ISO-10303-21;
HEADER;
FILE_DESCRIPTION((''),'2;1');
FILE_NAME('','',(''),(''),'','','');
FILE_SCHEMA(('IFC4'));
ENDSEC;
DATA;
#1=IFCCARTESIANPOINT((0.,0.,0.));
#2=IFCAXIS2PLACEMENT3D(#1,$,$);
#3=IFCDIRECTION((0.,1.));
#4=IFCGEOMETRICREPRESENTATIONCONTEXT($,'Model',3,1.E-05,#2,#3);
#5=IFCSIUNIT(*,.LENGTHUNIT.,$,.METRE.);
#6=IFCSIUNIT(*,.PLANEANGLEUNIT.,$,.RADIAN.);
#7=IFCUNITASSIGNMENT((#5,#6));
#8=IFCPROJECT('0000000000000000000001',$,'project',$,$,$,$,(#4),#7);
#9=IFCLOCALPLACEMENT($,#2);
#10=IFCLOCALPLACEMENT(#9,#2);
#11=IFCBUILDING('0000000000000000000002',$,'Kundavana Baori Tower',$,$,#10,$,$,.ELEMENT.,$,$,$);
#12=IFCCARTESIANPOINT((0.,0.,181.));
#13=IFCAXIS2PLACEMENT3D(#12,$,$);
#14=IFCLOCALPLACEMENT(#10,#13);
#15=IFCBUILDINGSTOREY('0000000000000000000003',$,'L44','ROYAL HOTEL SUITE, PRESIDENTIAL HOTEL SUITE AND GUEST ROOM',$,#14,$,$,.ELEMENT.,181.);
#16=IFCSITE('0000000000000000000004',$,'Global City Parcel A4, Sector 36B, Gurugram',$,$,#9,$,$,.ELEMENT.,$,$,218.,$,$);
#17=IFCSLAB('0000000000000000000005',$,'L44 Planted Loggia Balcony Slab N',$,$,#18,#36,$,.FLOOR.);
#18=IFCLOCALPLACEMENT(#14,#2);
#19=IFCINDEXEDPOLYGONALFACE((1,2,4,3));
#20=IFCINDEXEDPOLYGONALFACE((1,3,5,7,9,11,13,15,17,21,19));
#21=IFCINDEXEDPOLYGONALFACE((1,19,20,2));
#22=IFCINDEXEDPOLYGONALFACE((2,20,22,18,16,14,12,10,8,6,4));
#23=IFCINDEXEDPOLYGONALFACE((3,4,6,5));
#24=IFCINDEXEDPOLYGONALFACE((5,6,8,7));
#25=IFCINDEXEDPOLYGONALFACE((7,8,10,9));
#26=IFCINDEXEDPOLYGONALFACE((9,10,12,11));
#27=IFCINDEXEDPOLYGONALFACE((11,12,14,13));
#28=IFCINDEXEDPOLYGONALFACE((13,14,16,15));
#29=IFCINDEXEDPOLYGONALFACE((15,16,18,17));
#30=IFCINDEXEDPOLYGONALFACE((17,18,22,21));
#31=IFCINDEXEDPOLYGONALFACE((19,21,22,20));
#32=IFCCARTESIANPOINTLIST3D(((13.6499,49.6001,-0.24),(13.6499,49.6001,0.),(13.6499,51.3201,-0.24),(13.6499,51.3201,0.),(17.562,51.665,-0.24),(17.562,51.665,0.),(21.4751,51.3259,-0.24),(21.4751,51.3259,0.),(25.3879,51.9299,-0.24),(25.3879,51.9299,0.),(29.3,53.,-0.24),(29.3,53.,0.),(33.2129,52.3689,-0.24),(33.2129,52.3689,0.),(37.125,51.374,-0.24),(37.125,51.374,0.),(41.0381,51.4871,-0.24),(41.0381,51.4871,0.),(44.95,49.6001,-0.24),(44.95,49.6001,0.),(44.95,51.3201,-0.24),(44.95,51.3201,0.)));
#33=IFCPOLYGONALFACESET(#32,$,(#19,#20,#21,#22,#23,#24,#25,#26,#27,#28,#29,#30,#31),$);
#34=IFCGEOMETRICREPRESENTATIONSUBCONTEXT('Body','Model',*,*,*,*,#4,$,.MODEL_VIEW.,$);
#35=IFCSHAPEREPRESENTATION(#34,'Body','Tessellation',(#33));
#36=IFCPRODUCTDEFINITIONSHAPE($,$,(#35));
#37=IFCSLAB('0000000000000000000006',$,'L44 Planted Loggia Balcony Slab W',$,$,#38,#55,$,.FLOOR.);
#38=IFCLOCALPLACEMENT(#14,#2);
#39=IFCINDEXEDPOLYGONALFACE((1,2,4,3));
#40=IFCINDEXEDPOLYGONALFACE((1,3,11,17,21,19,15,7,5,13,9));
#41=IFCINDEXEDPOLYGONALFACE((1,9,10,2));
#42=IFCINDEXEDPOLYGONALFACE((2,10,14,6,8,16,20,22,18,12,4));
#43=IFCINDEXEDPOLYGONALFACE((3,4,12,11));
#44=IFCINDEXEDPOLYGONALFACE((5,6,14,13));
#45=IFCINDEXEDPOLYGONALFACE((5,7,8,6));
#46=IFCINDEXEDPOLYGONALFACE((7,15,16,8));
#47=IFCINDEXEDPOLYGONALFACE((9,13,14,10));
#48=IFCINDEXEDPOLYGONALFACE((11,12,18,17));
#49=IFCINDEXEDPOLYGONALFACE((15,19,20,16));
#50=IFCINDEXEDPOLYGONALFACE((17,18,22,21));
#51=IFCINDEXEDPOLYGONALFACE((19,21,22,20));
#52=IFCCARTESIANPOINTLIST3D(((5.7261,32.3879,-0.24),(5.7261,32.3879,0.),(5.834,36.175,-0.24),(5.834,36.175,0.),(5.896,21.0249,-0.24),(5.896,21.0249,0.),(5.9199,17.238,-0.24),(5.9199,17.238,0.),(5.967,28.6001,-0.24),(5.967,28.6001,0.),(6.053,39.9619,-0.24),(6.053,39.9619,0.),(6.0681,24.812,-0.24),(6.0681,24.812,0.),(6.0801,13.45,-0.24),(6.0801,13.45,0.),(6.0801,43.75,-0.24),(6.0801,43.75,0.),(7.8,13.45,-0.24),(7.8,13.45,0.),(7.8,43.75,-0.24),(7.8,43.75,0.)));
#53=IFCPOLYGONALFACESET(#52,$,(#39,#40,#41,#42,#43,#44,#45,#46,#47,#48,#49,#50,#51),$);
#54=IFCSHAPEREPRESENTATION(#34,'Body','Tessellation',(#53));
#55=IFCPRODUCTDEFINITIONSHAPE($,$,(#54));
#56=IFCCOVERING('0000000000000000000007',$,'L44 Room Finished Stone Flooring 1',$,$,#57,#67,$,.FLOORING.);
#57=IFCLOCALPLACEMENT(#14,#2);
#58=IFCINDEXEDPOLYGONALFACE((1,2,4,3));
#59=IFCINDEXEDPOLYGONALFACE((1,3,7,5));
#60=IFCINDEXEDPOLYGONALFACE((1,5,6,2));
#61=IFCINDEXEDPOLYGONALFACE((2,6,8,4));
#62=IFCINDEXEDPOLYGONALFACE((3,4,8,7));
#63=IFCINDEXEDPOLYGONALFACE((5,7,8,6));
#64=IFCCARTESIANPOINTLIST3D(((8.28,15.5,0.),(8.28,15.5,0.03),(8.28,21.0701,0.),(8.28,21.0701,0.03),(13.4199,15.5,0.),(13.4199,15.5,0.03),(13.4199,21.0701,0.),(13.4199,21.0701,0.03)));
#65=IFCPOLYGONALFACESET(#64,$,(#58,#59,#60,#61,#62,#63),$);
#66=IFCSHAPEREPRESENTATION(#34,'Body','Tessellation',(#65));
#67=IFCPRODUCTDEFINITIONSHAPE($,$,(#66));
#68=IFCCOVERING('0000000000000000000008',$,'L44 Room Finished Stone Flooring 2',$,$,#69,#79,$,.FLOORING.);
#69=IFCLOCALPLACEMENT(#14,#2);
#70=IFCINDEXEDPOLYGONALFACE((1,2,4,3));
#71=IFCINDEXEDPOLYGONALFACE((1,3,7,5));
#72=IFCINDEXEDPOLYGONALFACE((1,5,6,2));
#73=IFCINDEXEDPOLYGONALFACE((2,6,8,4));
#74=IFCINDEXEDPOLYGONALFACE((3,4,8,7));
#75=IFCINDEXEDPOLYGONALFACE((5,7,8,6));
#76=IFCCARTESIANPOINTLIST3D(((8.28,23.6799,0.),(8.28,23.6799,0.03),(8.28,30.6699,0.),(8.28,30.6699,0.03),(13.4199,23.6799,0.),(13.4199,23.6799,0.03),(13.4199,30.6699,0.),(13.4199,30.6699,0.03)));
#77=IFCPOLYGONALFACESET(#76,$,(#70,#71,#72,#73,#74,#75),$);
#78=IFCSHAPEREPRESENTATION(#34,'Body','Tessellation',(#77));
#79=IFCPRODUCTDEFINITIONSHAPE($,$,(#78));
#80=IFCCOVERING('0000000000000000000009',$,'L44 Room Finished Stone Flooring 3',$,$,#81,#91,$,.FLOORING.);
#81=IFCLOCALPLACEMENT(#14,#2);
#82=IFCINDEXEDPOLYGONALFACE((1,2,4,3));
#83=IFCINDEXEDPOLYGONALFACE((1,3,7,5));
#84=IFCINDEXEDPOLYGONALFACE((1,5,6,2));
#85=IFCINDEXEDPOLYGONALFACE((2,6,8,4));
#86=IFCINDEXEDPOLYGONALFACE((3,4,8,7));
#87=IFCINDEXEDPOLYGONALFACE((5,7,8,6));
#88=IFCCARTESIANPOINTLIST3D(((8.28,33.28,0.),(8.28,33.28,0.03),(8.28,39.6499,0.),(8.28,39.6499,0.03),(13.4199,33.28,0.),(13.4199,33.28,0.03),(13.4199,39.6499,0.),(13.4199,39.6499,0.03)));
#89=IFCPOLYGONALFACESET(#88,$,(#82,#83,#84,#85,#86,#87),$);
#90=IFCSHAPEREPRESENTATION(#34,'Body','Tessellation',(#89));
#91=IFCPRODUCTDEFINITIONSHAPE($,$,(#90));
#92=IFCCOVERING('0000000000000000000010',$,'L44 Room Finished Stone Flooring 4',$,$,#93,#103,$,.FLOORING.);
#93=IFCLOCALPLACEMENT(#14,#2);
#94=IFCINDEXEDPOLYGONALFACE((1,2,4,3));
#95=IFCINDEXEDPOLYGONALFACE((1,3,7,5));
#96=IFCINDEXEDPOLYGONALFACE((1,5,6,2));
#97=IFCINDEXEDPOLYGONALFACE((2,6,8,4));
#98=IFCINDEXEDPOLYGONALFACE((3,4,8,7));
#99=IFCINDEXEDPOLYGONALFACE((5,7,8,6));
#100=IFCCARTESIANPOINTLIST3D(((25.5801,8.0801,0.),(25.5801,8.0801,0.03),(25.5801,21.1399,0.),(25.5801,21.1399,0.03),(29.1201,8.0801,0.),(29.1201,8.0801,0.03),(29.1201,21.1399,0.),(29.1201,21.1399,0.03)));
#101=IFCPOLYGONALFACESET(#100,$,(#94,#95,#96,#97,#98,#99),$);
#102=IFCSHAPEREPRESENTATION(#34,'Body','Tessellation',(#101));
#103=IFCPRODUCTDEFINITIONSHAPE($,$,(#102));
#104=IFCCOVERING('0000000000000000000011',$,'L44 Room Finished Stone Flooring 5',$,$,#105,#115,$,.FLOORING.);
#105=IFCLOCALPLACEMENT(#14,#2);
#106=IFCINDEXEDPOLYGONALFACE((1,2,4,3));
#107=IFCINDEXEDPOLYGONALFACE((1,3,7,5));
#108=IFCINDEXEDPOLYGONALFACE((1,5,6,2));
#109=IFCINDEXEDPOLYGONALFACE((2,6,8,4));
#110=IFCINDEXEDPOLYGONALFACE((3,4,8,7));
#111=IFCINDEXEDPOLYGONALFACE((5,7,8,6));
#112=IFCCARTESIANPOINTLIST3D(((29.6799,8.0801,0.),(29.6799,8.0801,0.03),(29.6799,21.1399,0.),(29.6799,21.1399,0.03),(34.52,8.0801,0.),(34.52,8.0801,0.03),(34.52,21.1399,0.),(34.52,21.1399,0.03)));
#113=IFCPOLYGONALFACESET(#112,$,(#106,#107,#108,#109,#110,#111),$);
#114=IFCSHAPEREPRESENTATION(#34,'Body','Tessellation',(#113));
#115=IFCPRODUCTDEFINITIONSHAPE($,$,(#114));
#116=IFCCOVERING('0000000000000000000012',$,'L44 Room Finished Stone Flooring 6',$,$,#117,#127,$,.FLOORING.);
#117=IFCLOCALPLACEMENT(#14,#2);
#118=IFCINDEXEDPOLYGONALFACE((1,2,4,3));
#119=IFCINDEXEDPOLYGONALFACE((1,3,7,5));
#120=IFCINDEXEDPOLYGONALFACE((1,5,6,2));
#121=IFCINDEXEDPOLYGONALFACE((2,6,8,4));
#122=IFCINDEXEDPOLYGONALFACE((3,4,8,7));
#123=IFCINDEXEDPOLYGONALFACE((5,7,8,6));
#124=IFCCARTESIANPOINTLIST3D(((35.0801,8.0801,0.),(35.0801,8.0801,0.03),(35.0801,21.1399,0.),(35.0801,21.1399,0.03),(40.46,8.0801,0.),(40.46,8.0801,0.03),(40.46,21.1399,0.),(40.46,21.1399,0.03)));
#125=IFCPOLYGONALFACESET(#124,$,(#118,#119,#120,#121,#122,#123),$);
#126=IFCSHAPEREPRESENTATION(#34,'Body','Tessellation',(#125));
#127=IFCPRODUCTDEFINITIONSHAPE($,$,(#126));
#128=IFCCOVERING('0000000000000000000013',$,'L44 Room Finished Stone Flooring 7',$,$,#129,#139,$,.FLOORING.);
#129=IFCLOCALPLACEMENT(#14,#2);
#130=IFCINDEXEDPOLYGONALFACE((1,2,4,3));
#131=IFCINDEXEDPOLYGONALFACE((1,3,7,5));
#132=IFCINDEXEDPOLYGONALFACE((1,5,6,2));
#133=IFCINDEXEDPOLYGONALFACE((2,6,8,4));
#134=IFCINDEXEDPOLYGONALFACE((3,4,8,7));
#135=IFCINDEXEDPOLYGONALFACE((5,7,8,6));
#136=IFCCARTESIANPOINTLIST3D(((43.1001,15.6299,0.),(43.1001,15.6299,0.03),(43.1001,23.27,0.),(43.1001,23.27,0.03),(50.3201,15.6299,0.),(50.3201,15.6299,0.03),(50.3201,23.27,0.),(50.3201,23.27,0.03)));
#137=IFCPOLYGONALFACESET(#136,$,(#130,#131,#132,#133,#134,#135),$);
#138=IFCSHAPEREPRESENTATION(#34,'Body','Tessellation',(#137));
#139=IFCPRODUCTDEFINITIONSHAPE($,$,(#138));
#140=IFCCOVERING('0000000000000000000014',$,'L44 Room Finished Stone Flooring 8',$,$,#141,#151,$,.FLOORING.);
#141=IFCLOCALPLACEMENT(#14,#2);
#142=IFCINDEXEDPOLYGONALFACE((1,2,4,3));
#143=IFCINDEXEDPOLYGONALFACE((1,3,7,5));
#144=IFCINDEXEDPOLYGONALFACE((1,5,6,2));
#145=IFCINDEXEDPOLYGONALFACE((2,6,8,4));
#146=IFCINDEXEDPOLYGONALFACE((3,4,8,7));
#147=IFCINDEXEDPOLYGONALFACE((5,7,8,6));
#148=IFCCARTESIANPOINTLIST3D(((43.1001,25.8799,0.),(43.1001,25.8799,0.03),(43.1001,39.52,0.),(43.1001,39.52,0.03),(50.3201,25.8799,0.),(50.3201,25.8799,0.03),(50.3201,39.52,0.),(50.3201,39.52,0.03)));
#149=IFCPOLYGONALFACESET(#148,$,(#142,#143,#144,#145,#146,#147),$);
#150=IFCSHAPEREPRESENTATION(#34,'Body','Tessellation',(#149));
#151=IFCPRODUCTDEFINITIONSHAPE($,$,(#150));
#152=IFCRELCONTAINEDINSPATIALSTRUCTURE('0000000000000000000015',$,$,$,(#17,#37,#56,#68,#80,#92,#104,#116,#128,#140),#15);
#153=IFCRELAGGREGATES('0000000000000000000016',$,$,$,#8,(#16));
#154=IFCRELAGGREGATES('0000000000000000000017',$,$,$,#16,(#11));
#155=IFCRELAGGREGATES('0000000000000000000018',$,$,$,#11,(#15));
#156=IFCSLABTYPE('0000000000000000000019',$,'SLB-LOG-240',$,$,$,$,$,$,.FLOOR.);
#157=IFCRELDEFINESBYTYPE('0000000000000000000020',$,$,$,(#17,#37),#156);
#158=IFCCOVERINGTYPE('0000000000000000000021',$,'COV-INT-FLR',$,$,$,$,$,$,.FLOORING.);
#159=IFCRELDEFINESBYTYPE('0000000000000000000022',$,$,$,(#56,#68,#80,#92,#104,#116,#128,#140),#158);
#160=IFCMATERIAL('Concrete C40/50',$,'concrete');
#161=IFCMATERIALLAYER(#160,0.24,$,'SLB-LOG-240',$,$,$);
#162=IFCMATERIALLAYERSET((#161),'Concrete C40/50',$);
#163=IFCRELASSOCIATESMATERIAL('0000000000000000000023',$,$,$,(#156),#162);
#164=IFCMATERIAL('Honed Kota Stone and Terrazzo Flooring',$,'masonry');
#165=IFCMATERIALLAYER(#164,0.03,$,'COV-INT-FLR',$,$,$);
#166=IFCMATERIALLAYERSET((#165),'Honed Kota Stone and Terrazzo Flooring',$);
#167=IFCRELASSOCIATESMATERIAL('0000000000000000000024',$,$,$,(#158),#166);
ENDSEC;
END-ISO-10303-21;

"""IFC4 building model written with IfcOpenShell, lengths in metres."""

from ifc_helpers import new_model, si_unit, direction, frame, origin, place, context, subcontext, project, spatial, polyline, outline, extrude, material, layer, layer_set, type_object, element, save


model = new_model("IFC4")

# Units and contexts
model_context = context("Model", 3, precision=1e-05, world=origin(), true_north=direction((0.0, 1.0)))
body_context = subcontext(model_context, "Body", "Model", "MODEL_VIEW")
ifc_project = project(units=[si_unit("LENGTHUNIT", "METRE"), si_unit("PLANEANGLEUNIT", "RADIAN")], contexts=[model_context])

# Site, building, storey
site_placement = place(None, origin())
site = spatial("IfcSite", under=ifc_project, at=site_placement, Name="Global City Parcel A4, Sector 36B, Gurugram", CompositionType="ELEMENT", RefElevation=218.0)
building_placement = place(site_placement, origin())
building = spatial("IfcBuilding", under=site, at=building_placement, Name="Kundavana Baori Tower", CompositionType="ELEMENT")
storey_placement = place(building_placement, frame((0.0, 0.0, 181.0)))
storey = spatial("IfcBuildingStorey", under=building, at=storey_placement, Name="L44", Description="ROYAL HOTEL SUITE, PRESIDENTIAL HOTEL SUITE AND GUEST ROOM", CompositionType="ELEMENT", Elevation=181.0)

# Slabs
ifc_material_1 = material(Name="Concrete C40/50", Category="concrete")
ifc_layer_1 = layer(ifc_material_1, 0.24, Name="SLB-LOG-240")
ifc_layer_set_1 = layer_set([ifc_layer_1], Name="Concrete C40/50")
slab_type_1 = type_object("IfcSlabType", Name="SLB-LOG-240", PredefinedType="FLOOR", material=ifc_layer_set_1)
slab_1_placement = place(storey_placement, frame((0.0, 0.0, -0.24)))
element("IfcSlab", 1, at=slab_1_placement, inside=storey, type_object=slab_type_1, Name="L44 Planted Loggia Balcony Slab N", PredefinedType="FLOOR", context=body_context, shape_type="SweptSolid", body=[
    extrude(outline(polyline([(44.95, 49.6001), (13.6499, 49.6001), (13.6499, 51.3201), (17.562, 51.665), (21.4751, 51.3259), (25.3879, 51.9299), (29.3, 53.0), (33.2129, 52.3689), (37.125, 51.374), (41.0381, 51.4871), (44.95, 51.3201), (44.95, 49.6001)])), origin(), (0.0, 0.0, 1.0), 0.24),
])
slab_2_placement = place(storey_placement, frame((0.0, 0.0, -0.24)))
element("IfcSlab", 2, at=slab_2_placement, inside=storey, type_object=slab_type_1, Name="L44 Planted Loggia Balcony Slab W", PredefinedType="FLOOR", context=body_context, shape_type="SweptSolid", body=[
    extrude(outline(polyline([(7.8, 43.75), (7.8, 13.45), (6.0801, 13.45), (5.9199, 17.238), (5.896, 21.0249), (6.0681, 24.812), (5.967, 28.6001), (5.7261, 32.3879), (5.834, 36.175), (6.053, 39.9619), (6.0801, 43.75), (7.8, 43.75)])), origin(), (0.0, 0.0, 1.0), 0.24),
])

# Coverings
ifc_material_2 = material(Name="Honed Kota Stone and Terrazzo Flooring", Category="masonry")
ifc_layer_2 = layer(ifc_material_2, 0.03, Name="COV-INT-FLR")
ifc_layer_set_2 = layer_set([ifc_layer_2], Name="Honed Kota Stone and Terrazzo Flooring")
covering_type = type_object("IfcCoveringType", Name="COV-INT-FLR", PredefinedType="FLOORING", material=ifc_layer_set_2)
covering_1_placement = place(storey_placement, origin())
element("IfcCovering", 3, at=covering_1_placement, inside=storey, type_object=covering_type, Name="L44 Room Finished Stone Flooring 1", PredefinedType="FLOORING", context=body_context, shape_type="SweptSolid", body=[
    extrude(outline(polyline([(8.28, 15.5), (13.4199, 15.5), (13.4199, 21.0701), (8.28, 21.0701), (8.28, 15.5)])), origin(), (0.0, 0.0, 1.0), 0.03),
])
covering_2_placement = place(storey_placement, origin())
element("IfcCovering", 4, at=covering_2_placement, inside=storey, type_object=covering_type, Name="L44 Room Finished Stone Flooring 2", PredefinedType="FLOORING", context=body_context, shape_type="SweptSolid", body=[
    extrude(outline(polyline([(8.28, 23.6799), (13.4199, 23.6799), (13.4199, 30.6699), (8.28, 30.6699), (8.28, 23.6799)])), origin(), (0.0, 0.0, 1.0), 0.03),
])
covering_3_placement = place(storey_placement, origin())
element("IfcCovering", 5, at=covering_3_placement, inside=storey, type_object=covering_type, Name="L44 Room Finished Stone Flooring 3", PredefinedType="FLOORING", context=body_context, shape_type="SweptSolid", body=[
    extrude(outline(polyline([(8.28, 33.28), (13.4199, 33.28), (13.4199, 39.6499), (8.28, 39.6499), (8.28, 33.28)])), origin(), (0.0, 0.0, 1.0), 0.03),
])
covering_4_placement = place(storey_placement, origin())
element("IfcCovering", 6, at=covering_4_placement, inside=storey, type_object=covering_type, Name="L44 Room Finished Stone Flooring 4", PredefinedType="FLOORING", context=body_context, shape_type="SweptSolid", body=[
    extrude(outline(polyline([(25.5801, 8.0801), (29.1201, 8.0801), (29.1201, 21.1399), (25.5801, 21.1399), (25.5801, 8.0801)])), origin(), (0.0, 0.0, 1.0), 0.03),
])
covering_5_placement = place(storey_placement, origin())
element("IfcCovering", 7, at=covering_5_placement, inside=storey, type_object=covering_type, Name="L44 Room Finished Stone Flooring 5", PredefinedType="FLOORING", context=body_context, shape_type="SweptSolid", body=[
    extrude(outline(polyline([(29.6799, 8.0801), (34.52, 8.0801), (34.52, 21.1399), (29.6799, 21.1399), (29.6799, 8.0801)])), origin(), (0.0, 0.0, 1.0), 0.03),
])
covering_6_placement = place(storey_placement, origin())
element("IfcCovering", 8, at=covering_6_placement, inside=storey, type_object=covering_type, Name="L44 Room Finished Stone Flooring 6", PredefinedType="FLOORING", context=body_context, shape_type="SweptSolid", body=[
    extrude(outline(polyline([(35.0801, 8.0801), (40.46, 8.0801), (40.46, 21.1399), (35.0801, 21.1399), (35.0801, 8.0801)])), origin(), (0.0, 0.0, 1.0), 0.03),
])
covering_7_placement = place(storey_placement, origin())
element("IfcCovering", 9, at=covering_7_placement, inside=storey, type_object=covering_type, Name="L44 Room Finished Stone Flooring 7", PredefinedType="FLOORING", context=body_context, shape_type="SweptSolid", body=[
    extrude(outline(polyline([(43.1001, 15.6299), (50.3201, 15.6299), (50.3201, 23.27), (43.1001, 23.27), (43.1001, 15.6299)])), origin(), (0.0, 0.0, 1.0), 0.03),
])
covering_8_placement = place(storey_placement, origin())
element("IfcCovering", 10, at=covering_8_placement, inside=storey, type_object=covering_type, Name="L44 Room Finished Stone Flooring 8", PredefinedType="FLOORING", context=body_context, shape_type="SweptSolid", body=[
    extrude(outline(polyline([(43.1001, 25.8799), (50.3201, 25.8799), (50.3201, 39.52), (43.1001, 39.52), (43.1001, 25.8799)])), origin(), (0.0, 0.0, 1.0), 0.03),
])

save(model, "model.ifc")
